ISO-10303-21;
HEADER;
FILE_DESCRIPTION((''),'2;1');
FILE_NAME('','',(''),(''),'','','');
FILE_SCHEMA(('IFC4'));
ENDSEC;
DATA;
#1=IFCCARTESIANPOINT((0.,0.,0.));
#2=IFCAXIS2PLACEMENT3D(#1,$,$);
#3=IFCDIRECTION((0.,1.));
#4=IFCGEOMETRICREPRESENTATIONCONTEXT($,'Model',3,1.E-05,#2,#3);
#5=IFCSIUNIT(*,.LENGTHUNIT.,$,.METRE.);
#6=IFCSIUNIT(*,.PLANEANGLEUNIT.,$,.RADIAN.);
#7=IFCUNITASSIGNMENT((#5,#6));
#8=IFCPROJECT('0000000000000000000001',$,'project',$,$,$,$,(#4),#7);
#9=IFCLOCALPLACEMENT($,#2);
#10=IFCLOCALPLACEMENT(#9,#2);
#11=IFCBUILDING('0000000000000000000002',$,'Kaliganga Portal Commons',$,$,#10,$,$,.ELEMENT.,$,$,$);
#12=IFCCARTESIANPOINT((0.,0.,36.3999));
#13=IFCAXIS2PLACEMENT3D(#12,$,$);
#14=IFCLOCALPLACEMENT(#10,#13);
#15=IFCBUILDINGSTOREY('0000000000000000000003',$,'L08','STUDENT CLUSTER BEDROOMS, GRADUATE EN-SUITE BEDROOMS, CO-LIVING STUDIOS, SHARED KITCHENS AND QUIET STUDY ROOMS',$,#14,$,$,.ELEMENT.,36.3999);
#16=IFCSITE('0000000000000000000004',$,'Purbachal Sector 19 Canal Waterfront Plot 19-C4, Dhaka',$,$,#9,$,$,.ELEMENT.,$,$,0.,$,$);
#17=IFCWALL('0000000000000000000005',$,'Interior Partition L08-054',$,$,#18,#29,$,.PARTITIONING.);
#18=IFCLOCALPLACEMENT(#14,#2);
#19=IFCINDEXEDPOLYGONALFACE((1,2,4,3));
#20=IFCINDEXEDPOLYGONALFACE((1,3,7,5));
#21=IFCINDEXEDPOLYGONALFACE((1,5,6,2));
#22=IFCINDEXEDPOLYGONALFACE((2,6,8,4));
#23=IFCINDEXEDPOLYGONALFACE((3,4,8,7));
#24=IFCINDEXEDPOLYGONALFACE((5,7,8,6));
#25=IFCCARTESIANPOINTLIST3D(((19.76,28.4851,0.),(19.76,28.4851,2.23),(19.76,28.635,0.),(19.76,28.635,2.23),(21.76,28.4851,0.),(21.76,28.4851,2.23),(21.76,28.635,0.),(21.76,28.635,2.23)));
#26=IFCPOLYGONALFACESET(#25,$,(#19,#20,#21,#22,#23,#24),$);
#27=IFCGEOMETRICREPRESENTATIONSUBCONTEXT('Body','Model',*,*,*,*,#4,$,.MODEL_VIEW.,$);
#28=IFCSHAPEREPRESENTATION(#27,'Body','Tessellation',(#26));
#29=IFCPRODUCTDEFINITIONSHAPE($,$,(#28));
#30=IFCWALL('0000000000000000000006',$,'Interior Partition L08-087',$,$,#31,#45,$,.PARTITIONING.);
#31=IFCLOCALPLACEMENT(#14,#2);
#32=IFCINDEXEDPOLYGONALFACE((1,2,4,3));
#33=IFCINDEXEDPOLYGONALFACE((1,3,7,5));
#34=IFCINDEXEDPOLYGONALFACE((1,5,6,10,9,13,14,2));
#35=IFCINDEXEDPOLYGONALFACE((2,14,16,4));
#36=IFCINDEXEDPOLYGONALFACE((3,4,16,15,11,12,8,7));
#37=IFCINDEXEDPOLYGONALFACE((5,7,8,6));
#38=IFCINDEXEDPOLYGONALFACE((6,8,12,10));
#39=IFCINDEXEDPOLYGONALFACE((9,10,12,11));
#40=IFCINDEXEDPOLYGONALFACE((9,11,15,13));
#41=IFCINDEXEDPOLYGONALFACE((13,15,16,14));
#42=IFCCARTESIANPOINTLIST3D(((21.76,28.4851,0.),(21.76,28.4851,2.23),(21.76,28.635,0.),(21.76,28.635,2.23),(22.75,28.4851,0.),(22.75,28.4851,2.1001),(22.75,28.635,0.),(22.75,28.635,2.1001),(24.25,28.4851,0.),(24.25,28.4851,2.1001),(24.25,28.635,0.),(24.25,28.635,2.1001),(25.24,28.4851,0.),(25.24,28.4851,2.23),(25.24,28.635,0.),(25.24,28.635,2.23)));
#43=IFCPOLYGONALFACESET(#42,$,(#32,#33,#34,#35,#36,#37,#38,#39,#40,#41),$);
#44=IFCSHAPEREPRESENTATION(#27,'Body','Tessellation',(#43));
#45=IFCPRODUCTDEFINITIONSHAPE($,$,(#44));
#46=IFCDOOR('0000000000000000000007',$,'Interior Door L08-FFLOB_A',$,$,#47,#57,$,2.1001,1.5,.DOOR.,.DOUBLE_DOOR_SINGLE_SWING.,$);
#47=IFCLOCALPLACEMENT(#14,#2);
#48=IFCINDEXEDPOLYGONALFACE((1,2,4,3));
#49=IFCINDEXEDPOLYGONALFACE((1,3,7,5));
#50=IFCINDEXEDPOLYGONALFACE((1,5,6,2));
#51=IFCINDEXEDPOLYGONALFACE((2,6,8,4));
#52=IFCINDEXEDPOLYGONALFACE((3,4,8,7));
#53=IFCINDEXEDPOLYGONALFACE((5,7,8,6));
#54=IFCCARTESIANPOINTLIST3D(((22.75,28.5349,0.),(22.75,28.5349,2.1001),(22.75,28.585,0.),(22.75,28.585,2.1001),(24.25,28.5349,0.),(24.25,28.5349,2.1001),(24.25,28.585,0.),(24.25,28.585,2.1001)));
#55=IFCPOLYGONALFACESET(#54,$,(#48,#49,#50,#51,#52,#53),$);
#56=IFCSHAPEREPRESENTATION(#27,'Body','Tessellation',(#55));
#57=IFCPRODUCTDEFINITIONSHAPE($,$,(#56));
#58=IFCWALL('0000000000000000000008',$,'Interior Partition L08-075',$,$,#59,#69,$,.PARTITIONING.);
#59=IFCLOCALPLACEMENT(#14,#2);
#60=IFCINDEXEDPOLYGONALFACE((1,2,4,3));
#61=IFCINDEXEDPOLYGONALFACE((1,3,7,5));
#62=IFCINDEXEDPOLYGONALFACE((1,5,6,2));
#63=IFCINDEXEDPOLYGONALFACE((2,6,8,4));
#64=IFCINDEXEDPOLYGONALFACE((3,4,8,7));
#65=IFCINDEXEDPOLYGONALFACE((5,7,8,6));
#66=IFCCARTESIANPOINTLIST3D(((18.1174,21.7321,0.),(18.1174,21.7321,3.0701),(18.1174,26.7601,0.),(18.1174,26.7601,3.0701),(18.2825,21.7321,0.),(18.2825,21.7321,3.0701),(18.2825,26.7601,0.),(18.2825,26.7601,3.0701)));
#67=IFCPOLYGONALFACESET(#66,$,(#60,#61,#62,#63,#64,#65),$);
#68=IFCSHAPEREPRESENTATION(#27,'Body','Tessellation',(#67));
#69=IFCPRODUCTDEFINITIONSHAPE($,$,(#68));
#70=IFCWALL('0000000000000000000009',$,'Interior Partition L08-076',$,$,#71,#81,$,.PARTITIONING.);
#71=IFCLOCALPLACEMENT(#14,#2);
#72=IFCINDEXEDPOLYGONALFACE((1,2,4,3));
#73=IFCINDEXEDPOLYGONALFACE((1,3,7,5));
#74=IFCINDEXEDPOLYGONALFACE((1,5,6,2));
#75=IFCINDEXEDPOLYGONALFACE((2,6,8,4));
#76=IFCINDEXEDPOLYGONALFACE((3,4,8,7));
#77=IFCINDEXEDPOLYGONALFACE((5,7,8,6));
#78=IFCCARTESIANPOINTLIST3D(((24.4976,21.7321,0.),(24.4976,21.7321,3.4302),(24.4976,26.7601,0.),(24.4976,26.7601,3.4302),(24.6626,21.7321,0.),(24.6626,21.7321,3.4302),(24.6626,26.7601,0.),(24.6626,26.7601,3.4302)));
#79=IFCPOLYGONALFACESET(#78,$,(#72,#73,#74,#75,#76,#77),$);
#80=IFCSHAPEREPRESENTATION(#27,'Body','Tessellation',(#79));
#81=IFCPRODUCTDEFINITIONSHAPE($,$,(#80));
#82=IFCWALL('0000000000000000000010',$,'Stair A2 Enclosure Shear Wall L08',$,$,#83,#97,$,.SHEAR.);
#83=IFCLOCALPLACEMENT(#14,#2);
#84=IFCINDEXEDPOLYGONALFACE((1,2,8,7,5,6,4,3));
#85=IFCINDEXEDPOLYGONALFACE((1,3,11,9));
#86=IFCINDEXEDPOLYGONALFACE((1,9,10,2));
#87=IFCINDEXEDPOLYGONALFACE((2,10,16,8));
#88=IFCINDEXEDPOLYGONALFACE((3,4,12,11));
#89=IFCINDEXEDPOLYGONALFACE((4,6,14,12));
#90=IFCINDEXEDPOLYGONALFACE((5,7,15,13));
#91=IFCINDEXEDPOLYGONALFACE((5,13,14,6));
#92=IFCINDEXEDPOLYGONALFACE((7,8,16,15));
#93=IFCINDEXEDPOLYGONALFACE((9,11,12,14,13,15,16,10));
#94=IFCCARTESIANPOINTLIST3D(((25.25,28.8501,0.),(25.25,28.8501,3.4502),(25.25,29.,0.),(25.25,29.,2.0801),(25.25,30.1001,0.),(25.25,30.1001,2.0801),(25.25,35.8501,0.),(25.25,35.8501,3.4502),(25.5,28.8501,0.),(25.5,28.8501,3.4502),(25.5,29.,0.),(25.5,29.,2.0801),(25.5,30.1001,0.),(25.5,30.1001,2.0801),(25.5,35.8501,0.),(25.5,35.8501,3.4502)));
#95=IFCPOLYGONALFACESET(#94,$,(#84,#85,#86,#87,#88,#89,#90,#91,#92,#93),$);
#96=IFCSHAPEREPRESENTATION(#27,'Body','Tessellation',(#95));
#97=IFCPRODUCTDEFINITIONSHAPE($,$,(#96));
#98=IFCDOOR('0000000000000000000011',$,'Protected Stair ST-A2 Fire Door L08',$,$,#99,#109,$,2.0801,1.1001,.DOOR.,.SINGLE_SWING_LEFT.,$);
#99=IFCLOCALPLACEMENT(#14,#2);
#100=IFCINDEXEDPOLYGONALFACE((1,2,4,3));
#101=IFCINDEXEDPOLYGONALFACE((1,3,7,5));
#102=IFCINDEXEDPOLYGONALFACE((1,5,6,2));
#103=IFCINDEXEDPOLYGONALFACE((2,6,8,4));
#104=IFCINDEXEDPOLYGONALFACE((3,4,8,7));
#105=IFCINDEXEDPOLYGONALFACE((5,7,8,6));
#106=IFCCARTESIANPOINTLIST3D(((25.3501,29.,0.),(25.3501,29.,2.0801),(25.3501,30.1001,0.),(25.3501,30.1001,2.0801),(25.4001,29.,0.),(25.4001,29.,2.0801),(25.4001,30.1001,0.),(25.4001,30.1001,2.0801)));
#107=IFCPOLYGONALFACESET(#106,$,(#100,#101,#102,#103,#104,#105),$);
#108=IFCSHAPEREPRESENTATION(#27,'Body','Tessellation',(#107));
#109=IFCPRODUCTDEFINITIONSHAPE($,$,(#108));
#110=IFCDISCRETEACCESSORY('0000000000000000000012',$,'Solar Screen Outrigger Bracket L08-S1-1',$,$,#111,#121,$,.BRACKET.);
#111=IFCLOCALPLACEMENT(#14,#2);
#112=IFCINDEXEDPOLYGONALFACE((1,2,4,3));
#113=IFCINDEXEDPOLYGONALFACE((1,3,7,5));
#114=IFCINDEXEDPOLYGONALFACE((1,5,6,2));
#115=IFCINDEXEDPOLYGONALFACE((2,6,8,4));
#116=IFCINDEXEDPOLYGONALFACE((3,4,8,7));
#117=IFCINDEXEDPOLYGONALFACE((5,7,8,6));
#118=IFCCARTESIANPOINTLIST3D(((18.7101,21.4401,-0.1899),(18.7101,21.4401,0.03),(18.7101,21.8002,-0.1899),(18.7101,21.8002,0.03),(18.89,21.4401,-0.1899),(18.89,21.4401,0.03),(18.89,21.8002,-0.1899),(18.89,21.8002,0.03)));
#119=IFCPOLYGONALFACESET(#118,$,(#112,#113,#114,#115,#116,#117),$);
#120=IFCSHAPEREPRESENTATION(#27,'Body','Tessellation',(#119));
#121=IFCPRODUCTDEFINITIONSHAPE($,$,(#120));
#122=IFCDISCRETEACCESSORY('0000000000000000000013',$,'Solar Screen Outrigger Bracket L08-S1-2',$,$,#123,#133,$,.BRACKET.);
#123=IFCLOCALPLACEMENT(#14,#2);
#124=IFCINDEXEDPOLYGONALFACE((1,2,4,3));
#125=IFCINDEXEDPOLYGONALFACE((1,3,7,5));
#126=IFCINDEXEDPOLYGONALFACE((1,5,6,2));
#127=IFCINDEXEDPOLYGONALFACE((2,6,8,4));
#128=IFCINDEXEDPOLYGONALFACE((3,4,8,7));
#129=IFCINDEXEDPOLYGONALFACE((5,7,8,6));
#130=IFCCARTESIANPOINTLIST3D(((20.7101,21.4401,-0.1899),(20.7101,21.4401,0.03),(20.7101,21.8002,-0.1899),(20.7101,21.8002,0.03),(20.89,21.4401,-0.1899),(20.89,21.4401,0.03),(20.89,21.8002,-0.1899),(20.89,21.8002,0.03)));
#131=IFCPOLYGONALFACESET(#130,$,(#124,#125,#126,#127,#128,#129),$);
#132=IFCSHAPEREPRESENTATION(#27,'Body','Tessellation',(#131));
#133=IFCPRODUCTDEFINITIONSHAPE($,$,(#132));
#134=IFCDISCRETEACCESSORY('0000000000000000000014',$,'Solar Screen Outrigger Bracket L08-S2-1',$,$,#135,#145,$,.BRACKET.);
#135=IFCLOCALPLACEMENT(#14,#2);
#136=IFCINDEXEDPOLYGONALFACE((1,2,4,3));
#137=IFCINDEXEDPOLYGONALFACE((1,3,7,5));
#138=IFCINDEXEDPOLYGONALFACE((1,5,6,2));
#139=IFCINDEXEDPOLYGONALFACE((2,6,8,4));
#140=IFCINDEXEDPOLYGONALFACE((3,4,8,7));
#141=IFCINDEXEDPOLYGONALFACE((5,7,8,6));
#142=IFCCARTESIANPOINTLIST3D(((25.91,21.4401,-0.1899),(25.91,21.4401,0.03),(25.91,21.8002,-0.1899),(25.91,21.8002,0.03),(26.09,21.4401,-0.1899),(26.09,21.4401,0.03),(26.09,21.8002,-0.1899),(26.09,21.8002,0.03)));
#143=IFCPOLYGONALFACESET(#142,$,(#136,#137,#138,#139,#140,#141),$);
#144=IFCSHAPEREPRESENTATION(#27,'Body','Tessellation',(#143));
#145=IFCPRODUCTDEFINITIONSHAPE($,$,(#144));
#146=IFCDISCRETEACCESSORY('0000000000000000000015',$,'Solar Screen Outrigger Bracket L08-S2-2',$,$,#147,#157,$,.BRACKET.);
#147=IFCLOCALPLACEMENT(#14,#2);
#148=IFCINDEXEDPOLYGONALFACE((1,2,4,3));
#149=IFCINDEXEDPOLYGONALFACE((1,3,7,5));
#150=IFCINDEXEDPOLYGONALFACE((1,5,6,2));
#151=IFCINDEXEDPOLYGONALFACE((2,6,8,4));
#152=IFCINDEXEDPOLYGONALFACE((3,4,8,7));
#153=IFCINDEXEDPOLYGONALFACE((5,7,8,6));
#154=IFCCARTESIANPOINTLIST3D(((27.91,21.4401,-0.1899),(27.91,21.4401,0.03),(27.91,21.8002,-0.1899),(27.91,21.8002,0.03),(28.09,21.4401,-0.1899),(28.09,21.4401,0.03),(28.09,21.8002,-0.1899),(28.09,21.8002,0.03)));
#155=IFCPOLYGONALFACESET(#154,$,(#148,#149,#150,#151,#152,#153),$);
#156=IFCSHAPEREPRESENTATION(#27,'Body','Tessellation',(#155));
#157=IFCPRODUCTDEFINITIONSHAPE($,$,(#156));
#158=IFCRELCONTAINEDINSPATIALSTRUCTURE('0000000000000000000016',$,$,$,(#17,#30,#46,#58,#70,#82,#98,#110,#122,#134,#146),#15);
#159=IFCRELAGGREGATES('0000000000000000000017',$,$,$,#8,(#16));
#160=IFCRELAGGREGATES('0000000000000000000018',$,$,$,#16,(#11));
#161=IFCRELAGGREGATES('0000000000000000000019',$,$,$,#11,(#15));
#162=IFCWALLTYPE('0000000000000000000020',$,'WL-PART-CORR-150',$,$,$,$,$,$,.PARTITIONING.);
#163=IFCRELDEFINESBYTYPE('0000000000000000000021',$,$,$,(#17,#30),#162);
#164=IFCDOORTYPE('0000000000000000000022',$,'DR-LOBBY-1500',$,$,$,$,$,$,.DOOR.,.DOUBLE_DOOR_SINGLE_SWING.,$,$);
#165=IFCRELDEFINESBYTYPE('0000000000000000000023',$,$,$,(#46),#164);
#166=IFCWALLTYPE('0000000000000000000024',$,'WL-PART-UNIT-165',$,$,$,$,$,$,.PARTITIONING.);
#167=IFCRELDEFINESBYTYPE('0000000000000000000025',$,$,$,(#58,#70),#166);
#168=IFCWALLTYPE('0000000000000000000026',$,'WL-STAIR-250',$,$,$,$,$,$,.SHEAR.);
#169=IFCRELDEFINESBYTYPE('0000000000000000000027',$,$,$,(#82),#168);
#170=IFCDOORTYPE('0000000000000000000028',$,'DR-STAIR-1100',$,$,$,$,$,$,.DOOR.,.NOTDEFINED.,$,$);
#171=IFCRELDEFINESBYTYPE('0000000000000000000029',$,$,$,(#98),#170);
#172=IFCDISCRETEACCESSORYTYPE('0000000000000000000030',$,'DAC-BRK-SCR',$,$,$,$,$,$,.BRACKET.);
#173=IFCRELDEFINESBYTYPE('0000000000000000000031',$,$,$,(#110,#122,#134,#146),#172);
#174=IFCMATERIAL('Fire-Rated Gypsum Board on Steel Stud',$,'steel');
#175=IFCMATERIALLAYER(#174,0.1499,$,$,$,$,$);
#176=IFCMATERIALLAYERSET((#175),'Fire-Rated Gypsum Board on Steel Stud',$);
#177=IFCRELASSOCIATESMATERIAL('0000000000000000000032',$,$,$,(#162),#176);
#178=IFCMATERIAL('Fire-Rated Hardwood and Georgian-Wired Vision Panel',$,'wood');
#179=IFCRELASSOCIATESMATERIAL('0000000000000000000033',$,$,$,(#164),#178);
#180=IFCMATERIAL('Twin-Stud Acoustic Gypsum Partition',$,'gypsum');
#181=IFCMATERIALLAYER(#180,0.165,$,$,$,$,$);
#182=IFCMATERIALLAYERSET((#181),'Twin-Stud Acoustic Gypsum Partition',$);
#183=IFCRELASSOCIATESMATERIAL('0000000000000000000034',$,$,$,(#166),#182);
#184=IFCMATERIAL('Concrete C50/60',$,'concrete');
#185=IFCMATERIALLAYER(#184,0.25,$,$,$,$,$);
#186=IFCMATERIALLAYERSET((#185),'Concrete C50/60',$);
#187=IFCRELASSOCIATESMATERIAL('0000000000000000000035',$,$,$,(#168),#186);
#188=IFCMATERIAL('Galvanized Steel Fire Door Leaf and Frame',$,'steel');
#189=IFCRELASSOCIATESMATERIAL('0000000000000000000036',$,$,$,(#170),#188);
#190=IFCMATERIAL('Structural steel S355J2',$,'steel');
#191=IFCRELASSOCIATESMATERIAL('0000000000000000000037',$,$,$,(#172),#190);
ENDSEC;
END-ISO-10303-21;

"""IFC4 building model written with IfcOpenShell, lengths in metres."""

from ifc_helpers import new_model, si_unit, direction, frame, frame_2d, origin, origin_2d, place, context, subcontext, project, spatial, rectangle, extrude, source, transform, mapped, material, layer, layer_set, type_object, element, fill, save


model = new_model("IFC4")

# Units and contexts
model_context = context("Model", 3, precision=1e-05, world=origin(), true_north=direction((0.0, 1.0)))
body_context = subcontext(model_context, "Body", "Model", "MODEL_VIEW")
ifc_project = project(units=[si_unit("LENGTHUNIT", "METRE"), si_unit("PLANEANGLEUNIT", "RADIAN")], contexts=[model_context])

# Site, building, storey
site_placement = place(None, origin())
site = spatial("IfcSite", under=ifc_project, at=site_placement, Name="Purbachal Sector 19 Canal Waterfront Plot 19-C4, Dhaka", CompositionType="ELEMENT", RefElevation=0.0)
building_placement = place(site_placement, origin())
building = spatial("IfcBuilding", under=site, at=building_placement, Name="Kaliganga Portal Commons", CompositionType="ELEMENT")
storey_placement = place(building_placement, frame((0.0, 0.0, 36.3999)))
storey = spatial("IfcBuildingStorey", under=building, at=storey_placement, Name="L08", Description="STUDENT CLUSTER BEDROOMS, GRADUATE EN-SUITE BEDROOMS, CO-LIVING STUDIOS, SHARED KITCHENS AND QUIET STUDY ROOMS", CompositionType="ELEMENT", Elevation=36.3999)

# Shared definitions
ifc_material_1 = material(Name="Structural steel S355J2", Category="steel")

# Shared definitions
ifc_material_2 = material(Name="Fire-Rated Gypsum Board on Steel Stud", Category="steel")
ifc_layer_1 = layer(ifc_material_2, 0.1499)
ifc_layer_set_1 = layer_set([ifc_layer_1], Name="Fire-Rated Gypsum Board on Steel Stud")
wall_type_1 = type_object("IfcWallType", Name="WL-PART-CORR-150", PredefinedType="PARTITIONING", material=ifc_layer_set_1)

# Wall
wall_1_placement = place(storey_placement, frame((19.76, 28.5601, 0.0), z_axis=(0.0, 0.0, 1.0), x_axis=(1.0, 0.0, 0.0)))
element("IfcWall", 1, at=wall_1_placement, inside=storey, type_object=wall_type_1, Name="Interior Partition L08-054", PredefinedType="PARTITIONING", context=body_context, shape_type="SweptSolid", body=[
    extrude(rectangle(XDim=2.0, YDim=0.1499, at=frame_2d((1.0, 0.0))), origin(), (0.0, 0.0, 1.0), 2.23),
])

# Wall, opening, door
wall_2_placement = place(storey_placement, frame((21.76, 28.5601, 0.0), z_axis=(0.0, 0.0, 1.0), x_axis=(1.0, 0.0, 0.0)))
wall_2 = element("IfcWall", 2, at=wall_2_placement, inside=storey, type_object=wall_type_1, Name="Interior Partition L08-087", PredefinedType="PARTITIONING", context=body_context, shape_type="SweptSolid", body=[
    extrude(rectangle(XDim=3.48, YDim=0.1499, at=frame_2d((1.74, 0.0))), origin(), (0.0, 0.0, 1.0), 2.23),
])
opening_1_placement = place(wall_2_placement, frame((0.99, 0.0, 0.0)))
opening_1 = element("IfcOpeningElement", 3, at=opening_1_placement, cuts=wall_2, PredefinedType="OPENING", context=body_context, shape_type="SweptSolid", body=[
    extrude(rectangle(XDim=1.5, YDim=2.1001, at=frame_2d((0.75, 1.05))), frame((0.0, 0.085, 0.0), z_axis=(0.0, -1.0, 0.0), x_axis=(1.0, 0.0, 0.0)), (0.0, 0.0, 1.0), 0.1699),
])
ifc_material_3 = material(Name="Fire-Rated Hardwood and Georgian-Wired Vision Panel", Category="wood")
door_type_1 = type_object("IfcDoorType", Name="DR-LOBBY-1500", OperationType="DOUBLE_DOOR_SINGLE_SWING", PredefinedType="DOOR", material=ifc_material_3)
door_1_placement = place(opening_1_placement, origin())
door_1 = element("IfcDoor", 4, at=door_1_placement, inside=storey, type_object=door_type_1, Name="Interior Door L08-FFLOB_A", OperationType="DOUBLE_DOOR_SINGLE_SWING", OverallHeight=2.1001, OverallWidth=1.5, PredefinedType="DOOR", context=body_context, shape_type="SweptSolid", body=[
    extrude(rectangle(XDim=1.5, YDim=2.1001, at=frame_2d((0.75, 1.05))), frame((0.0, 0.0249, 0.0), z_axis=(0.0, -1.0, 0.0), x_axis=(1.0, 0.0, 0.0)), (0.0, 0.0, 1.0), 0.05),
])
fill(opening_1, door_1)

# Walls
ifc_material_4 = material(Name="Twin-Stud Acoustic Gypsum Partition", Category="gypsum")
ifc_layer_2 = layer(ifc_material_4, 0.165)
ifc_layer_set_2 = layer_set([ifc_layer_2], Name="Twin-Stud Acoustic Gypsum Partition")
wall_type_2 = type_object("IfcWallType", Name="WL-PART-UNIT-165", PredefinedType="PARTITIONING", material=ifc_layer_set_2)
wall_3_placement = place(storey_placement, frame((18.2, 21.7319, 0.0), z_axis=(0.0, 0.0, 1.0), x_axis=(0.0, 1.0, 0.0)))
element("IfcWall", 5, at=wall_3_placement, inside=storey, type_object=wall_type_2, Name="Interior Partition L08-075", PredefinedType="PARTITIONING", context=body_context, shape_type="SweptSolid", body=[
    extrude(rectangle(XDim=5.0281, YDim=0.165, at=frame_2d((2.5142, 0.0))), origin(), (0.0, 0.0, 1.0), 3.0701),
])
wall_4_placement = place(storey_placement, frame((24.5801, 21.7319, 0.0), z_axis=(0.0, 0.0, 1.0), x_axis=(0.0, 1.0, 0.0)))
element("IfcWall", 6, at=wall_4_placement, inside=storey, type_object=wall_type_2, Name="Interior Partition L08-076", PredefinedType="PARTITIONING", context=body_context, shape_type="SweptSolid", body=[
    extrude(rectangle(XDim=5.0281, YDim=0.165, at=frame_2d((2.5142, 0.0))), origin(), (0.0, 0.0, 1.0), 3.4302),
])

# Wall, opening, door
ifc_material_5 = material(Name="Concrete C50/60", Category="concrete")
ifc_layer_3 = layer(ifc_material_5, 0.25)
ifc_layer_set_3 = layer_set([ifc_layer_3], Name="Concrete C50/60")
wall_type_3 = type_object("IfcWallType", Name="WL-STAIR-250", PredefinedType="SHEAR", material=ifc_layer_set_3)
wall_5_placement = place(storey_placement, frame((25.375, 28.8501, 0.0), z_axis=(0.0, 0.0, 1.0), x_axis=(0.0, 1.0, 0.0)))
wall_5 = element("IfcWall", 7, at=wall_5_placement, inside=storey, type_object=wall_type_3, Name="Stair A2 Enclosure Shear Wall L08", PredefinedType="SHEAR", context=body_context, shape_type="SweptSolid", body=[
    extrude(rectangle(XDim=7.0, YDim=0.25, at=frame_2d((3.5, 0.0))), origin(), (0.0, 0.0, 1.0), 3.4502),
])
opening_2_placement = place(wall_5_placement, frame((0.1499, 0.0, 0.0)))
opening_2 = element("IfcOpeningElement", 8, at=opening_2_placement, cuts=wall_5, PredefinedType="OPENING", context=body_context, shape_type="SweptSolid", body=[
    extrude(rectangle(XDim=1.1001, YDim=2.0801, at=frame_2d((0.55, 1.04))), frame((0.0, 0.135, 0.0), z_axis=(0.0, -1.0, 0.0), x_axis=(1.0, 0.0, 0.0)), (0.0, 0.0, 1.0), 0.27),
])
ifc_material_6 = material(Name="Galvanized Steel Fire Door Leaf and Frame", Category="steel")
door_type_2 = type_object("IfcDoorType", Name="DR-STAIR-1100", OperationType="NOTDEFINED", PredefinedType="DOOR", material=ifc_material_6)
door_2_placement = place(opening_2_placement, origin())
door_2 = element("IfcDoor", 9, at=door_2_placement, inside=storey, type_object=door_type_2, Name="Protected Stair ST-A2 Fire Door L08", OperationType="SINGLE_SWING_LEFT", OverallHeight=2.0801, OverallWidth=1.1001, PredefinedType="DOOR", context=body_context, shape_type="SweptSolid", body=[
    extrude(rectangle(XDim=1.1001, YDim=2.0801, at=frame_2d((0.55, 1.04))), frame((0.0, 0.0249, 0.0), z_axis=(0.0, -1.0, 0.0), x_axis=(1.0, 0.0, 0.0)), (0.0, 0.0, 1.0), 0.05),
])
fill(opening_2, door_2)

# Discrete accessories
discrete_accessory_type = type_object("IfcDiscreteAccessoryType", Name="DAC-BRK-SCR", PredefinedType="BRACKET", material=ifc_material_1)
shared_shape_1 = source(origin(), body_context, "Body", "SweptSolid", [
    extrude(rectangle(XDim=0.1799, YDim=0.3601, at=origin_2d()), origin(), (0.0, 0.0, 1.0), 0.22),
])
for number, where, z_axis, x_axis, name in (
    (10, (18.8, 21.6201, -0.1899), (0.0, 0.0, 1.0), (1.0, 0.0, 0.0), "Solar Screen Outrigger Bracket L08-S1-1"),
    (11, (20.8, 21.6201, -0.1899), (0.0, 0.0, 1.0), (1.0, 0.0, 0.0), "Solar Screen Outrigger Bracket L08-S1-2"),
    (12, (26.0, 21.6201, -0.1899), (0.0, 0.0, 1.0), (1.0, 0.0, 0.0), "Solar Screen Outrigger Bracket L08-S2-1"),
    (13, (28.0, 21.6201, -0.1899), (0.0, 0.0, 1.0), (1.0, 0.0, 0.0), "Solar Screen Outrigger Bracket L08-S2-2"),
):
    element("IfcDiscreteAccessory", number, at=place(storey_placement, frame(where, z_axis=z_axis, x_axis=x_axis)), inside=storey, type_object=discrete_accessory_type, Name=name, PredefinedType="BRACKET", context=body_context, shape_type="MappedRepresentation", body=[
        mapped(shared_shape_1, transform((0.0, 0.0, 0.0), x_axis=(1.0, 0.0, 0.0), y_axis=(0.0, 1.0, 0.0), z_axis=(0.0, 0.0, 1.0), scale=1.0)),
    ])

save(model, "model.ifc")
